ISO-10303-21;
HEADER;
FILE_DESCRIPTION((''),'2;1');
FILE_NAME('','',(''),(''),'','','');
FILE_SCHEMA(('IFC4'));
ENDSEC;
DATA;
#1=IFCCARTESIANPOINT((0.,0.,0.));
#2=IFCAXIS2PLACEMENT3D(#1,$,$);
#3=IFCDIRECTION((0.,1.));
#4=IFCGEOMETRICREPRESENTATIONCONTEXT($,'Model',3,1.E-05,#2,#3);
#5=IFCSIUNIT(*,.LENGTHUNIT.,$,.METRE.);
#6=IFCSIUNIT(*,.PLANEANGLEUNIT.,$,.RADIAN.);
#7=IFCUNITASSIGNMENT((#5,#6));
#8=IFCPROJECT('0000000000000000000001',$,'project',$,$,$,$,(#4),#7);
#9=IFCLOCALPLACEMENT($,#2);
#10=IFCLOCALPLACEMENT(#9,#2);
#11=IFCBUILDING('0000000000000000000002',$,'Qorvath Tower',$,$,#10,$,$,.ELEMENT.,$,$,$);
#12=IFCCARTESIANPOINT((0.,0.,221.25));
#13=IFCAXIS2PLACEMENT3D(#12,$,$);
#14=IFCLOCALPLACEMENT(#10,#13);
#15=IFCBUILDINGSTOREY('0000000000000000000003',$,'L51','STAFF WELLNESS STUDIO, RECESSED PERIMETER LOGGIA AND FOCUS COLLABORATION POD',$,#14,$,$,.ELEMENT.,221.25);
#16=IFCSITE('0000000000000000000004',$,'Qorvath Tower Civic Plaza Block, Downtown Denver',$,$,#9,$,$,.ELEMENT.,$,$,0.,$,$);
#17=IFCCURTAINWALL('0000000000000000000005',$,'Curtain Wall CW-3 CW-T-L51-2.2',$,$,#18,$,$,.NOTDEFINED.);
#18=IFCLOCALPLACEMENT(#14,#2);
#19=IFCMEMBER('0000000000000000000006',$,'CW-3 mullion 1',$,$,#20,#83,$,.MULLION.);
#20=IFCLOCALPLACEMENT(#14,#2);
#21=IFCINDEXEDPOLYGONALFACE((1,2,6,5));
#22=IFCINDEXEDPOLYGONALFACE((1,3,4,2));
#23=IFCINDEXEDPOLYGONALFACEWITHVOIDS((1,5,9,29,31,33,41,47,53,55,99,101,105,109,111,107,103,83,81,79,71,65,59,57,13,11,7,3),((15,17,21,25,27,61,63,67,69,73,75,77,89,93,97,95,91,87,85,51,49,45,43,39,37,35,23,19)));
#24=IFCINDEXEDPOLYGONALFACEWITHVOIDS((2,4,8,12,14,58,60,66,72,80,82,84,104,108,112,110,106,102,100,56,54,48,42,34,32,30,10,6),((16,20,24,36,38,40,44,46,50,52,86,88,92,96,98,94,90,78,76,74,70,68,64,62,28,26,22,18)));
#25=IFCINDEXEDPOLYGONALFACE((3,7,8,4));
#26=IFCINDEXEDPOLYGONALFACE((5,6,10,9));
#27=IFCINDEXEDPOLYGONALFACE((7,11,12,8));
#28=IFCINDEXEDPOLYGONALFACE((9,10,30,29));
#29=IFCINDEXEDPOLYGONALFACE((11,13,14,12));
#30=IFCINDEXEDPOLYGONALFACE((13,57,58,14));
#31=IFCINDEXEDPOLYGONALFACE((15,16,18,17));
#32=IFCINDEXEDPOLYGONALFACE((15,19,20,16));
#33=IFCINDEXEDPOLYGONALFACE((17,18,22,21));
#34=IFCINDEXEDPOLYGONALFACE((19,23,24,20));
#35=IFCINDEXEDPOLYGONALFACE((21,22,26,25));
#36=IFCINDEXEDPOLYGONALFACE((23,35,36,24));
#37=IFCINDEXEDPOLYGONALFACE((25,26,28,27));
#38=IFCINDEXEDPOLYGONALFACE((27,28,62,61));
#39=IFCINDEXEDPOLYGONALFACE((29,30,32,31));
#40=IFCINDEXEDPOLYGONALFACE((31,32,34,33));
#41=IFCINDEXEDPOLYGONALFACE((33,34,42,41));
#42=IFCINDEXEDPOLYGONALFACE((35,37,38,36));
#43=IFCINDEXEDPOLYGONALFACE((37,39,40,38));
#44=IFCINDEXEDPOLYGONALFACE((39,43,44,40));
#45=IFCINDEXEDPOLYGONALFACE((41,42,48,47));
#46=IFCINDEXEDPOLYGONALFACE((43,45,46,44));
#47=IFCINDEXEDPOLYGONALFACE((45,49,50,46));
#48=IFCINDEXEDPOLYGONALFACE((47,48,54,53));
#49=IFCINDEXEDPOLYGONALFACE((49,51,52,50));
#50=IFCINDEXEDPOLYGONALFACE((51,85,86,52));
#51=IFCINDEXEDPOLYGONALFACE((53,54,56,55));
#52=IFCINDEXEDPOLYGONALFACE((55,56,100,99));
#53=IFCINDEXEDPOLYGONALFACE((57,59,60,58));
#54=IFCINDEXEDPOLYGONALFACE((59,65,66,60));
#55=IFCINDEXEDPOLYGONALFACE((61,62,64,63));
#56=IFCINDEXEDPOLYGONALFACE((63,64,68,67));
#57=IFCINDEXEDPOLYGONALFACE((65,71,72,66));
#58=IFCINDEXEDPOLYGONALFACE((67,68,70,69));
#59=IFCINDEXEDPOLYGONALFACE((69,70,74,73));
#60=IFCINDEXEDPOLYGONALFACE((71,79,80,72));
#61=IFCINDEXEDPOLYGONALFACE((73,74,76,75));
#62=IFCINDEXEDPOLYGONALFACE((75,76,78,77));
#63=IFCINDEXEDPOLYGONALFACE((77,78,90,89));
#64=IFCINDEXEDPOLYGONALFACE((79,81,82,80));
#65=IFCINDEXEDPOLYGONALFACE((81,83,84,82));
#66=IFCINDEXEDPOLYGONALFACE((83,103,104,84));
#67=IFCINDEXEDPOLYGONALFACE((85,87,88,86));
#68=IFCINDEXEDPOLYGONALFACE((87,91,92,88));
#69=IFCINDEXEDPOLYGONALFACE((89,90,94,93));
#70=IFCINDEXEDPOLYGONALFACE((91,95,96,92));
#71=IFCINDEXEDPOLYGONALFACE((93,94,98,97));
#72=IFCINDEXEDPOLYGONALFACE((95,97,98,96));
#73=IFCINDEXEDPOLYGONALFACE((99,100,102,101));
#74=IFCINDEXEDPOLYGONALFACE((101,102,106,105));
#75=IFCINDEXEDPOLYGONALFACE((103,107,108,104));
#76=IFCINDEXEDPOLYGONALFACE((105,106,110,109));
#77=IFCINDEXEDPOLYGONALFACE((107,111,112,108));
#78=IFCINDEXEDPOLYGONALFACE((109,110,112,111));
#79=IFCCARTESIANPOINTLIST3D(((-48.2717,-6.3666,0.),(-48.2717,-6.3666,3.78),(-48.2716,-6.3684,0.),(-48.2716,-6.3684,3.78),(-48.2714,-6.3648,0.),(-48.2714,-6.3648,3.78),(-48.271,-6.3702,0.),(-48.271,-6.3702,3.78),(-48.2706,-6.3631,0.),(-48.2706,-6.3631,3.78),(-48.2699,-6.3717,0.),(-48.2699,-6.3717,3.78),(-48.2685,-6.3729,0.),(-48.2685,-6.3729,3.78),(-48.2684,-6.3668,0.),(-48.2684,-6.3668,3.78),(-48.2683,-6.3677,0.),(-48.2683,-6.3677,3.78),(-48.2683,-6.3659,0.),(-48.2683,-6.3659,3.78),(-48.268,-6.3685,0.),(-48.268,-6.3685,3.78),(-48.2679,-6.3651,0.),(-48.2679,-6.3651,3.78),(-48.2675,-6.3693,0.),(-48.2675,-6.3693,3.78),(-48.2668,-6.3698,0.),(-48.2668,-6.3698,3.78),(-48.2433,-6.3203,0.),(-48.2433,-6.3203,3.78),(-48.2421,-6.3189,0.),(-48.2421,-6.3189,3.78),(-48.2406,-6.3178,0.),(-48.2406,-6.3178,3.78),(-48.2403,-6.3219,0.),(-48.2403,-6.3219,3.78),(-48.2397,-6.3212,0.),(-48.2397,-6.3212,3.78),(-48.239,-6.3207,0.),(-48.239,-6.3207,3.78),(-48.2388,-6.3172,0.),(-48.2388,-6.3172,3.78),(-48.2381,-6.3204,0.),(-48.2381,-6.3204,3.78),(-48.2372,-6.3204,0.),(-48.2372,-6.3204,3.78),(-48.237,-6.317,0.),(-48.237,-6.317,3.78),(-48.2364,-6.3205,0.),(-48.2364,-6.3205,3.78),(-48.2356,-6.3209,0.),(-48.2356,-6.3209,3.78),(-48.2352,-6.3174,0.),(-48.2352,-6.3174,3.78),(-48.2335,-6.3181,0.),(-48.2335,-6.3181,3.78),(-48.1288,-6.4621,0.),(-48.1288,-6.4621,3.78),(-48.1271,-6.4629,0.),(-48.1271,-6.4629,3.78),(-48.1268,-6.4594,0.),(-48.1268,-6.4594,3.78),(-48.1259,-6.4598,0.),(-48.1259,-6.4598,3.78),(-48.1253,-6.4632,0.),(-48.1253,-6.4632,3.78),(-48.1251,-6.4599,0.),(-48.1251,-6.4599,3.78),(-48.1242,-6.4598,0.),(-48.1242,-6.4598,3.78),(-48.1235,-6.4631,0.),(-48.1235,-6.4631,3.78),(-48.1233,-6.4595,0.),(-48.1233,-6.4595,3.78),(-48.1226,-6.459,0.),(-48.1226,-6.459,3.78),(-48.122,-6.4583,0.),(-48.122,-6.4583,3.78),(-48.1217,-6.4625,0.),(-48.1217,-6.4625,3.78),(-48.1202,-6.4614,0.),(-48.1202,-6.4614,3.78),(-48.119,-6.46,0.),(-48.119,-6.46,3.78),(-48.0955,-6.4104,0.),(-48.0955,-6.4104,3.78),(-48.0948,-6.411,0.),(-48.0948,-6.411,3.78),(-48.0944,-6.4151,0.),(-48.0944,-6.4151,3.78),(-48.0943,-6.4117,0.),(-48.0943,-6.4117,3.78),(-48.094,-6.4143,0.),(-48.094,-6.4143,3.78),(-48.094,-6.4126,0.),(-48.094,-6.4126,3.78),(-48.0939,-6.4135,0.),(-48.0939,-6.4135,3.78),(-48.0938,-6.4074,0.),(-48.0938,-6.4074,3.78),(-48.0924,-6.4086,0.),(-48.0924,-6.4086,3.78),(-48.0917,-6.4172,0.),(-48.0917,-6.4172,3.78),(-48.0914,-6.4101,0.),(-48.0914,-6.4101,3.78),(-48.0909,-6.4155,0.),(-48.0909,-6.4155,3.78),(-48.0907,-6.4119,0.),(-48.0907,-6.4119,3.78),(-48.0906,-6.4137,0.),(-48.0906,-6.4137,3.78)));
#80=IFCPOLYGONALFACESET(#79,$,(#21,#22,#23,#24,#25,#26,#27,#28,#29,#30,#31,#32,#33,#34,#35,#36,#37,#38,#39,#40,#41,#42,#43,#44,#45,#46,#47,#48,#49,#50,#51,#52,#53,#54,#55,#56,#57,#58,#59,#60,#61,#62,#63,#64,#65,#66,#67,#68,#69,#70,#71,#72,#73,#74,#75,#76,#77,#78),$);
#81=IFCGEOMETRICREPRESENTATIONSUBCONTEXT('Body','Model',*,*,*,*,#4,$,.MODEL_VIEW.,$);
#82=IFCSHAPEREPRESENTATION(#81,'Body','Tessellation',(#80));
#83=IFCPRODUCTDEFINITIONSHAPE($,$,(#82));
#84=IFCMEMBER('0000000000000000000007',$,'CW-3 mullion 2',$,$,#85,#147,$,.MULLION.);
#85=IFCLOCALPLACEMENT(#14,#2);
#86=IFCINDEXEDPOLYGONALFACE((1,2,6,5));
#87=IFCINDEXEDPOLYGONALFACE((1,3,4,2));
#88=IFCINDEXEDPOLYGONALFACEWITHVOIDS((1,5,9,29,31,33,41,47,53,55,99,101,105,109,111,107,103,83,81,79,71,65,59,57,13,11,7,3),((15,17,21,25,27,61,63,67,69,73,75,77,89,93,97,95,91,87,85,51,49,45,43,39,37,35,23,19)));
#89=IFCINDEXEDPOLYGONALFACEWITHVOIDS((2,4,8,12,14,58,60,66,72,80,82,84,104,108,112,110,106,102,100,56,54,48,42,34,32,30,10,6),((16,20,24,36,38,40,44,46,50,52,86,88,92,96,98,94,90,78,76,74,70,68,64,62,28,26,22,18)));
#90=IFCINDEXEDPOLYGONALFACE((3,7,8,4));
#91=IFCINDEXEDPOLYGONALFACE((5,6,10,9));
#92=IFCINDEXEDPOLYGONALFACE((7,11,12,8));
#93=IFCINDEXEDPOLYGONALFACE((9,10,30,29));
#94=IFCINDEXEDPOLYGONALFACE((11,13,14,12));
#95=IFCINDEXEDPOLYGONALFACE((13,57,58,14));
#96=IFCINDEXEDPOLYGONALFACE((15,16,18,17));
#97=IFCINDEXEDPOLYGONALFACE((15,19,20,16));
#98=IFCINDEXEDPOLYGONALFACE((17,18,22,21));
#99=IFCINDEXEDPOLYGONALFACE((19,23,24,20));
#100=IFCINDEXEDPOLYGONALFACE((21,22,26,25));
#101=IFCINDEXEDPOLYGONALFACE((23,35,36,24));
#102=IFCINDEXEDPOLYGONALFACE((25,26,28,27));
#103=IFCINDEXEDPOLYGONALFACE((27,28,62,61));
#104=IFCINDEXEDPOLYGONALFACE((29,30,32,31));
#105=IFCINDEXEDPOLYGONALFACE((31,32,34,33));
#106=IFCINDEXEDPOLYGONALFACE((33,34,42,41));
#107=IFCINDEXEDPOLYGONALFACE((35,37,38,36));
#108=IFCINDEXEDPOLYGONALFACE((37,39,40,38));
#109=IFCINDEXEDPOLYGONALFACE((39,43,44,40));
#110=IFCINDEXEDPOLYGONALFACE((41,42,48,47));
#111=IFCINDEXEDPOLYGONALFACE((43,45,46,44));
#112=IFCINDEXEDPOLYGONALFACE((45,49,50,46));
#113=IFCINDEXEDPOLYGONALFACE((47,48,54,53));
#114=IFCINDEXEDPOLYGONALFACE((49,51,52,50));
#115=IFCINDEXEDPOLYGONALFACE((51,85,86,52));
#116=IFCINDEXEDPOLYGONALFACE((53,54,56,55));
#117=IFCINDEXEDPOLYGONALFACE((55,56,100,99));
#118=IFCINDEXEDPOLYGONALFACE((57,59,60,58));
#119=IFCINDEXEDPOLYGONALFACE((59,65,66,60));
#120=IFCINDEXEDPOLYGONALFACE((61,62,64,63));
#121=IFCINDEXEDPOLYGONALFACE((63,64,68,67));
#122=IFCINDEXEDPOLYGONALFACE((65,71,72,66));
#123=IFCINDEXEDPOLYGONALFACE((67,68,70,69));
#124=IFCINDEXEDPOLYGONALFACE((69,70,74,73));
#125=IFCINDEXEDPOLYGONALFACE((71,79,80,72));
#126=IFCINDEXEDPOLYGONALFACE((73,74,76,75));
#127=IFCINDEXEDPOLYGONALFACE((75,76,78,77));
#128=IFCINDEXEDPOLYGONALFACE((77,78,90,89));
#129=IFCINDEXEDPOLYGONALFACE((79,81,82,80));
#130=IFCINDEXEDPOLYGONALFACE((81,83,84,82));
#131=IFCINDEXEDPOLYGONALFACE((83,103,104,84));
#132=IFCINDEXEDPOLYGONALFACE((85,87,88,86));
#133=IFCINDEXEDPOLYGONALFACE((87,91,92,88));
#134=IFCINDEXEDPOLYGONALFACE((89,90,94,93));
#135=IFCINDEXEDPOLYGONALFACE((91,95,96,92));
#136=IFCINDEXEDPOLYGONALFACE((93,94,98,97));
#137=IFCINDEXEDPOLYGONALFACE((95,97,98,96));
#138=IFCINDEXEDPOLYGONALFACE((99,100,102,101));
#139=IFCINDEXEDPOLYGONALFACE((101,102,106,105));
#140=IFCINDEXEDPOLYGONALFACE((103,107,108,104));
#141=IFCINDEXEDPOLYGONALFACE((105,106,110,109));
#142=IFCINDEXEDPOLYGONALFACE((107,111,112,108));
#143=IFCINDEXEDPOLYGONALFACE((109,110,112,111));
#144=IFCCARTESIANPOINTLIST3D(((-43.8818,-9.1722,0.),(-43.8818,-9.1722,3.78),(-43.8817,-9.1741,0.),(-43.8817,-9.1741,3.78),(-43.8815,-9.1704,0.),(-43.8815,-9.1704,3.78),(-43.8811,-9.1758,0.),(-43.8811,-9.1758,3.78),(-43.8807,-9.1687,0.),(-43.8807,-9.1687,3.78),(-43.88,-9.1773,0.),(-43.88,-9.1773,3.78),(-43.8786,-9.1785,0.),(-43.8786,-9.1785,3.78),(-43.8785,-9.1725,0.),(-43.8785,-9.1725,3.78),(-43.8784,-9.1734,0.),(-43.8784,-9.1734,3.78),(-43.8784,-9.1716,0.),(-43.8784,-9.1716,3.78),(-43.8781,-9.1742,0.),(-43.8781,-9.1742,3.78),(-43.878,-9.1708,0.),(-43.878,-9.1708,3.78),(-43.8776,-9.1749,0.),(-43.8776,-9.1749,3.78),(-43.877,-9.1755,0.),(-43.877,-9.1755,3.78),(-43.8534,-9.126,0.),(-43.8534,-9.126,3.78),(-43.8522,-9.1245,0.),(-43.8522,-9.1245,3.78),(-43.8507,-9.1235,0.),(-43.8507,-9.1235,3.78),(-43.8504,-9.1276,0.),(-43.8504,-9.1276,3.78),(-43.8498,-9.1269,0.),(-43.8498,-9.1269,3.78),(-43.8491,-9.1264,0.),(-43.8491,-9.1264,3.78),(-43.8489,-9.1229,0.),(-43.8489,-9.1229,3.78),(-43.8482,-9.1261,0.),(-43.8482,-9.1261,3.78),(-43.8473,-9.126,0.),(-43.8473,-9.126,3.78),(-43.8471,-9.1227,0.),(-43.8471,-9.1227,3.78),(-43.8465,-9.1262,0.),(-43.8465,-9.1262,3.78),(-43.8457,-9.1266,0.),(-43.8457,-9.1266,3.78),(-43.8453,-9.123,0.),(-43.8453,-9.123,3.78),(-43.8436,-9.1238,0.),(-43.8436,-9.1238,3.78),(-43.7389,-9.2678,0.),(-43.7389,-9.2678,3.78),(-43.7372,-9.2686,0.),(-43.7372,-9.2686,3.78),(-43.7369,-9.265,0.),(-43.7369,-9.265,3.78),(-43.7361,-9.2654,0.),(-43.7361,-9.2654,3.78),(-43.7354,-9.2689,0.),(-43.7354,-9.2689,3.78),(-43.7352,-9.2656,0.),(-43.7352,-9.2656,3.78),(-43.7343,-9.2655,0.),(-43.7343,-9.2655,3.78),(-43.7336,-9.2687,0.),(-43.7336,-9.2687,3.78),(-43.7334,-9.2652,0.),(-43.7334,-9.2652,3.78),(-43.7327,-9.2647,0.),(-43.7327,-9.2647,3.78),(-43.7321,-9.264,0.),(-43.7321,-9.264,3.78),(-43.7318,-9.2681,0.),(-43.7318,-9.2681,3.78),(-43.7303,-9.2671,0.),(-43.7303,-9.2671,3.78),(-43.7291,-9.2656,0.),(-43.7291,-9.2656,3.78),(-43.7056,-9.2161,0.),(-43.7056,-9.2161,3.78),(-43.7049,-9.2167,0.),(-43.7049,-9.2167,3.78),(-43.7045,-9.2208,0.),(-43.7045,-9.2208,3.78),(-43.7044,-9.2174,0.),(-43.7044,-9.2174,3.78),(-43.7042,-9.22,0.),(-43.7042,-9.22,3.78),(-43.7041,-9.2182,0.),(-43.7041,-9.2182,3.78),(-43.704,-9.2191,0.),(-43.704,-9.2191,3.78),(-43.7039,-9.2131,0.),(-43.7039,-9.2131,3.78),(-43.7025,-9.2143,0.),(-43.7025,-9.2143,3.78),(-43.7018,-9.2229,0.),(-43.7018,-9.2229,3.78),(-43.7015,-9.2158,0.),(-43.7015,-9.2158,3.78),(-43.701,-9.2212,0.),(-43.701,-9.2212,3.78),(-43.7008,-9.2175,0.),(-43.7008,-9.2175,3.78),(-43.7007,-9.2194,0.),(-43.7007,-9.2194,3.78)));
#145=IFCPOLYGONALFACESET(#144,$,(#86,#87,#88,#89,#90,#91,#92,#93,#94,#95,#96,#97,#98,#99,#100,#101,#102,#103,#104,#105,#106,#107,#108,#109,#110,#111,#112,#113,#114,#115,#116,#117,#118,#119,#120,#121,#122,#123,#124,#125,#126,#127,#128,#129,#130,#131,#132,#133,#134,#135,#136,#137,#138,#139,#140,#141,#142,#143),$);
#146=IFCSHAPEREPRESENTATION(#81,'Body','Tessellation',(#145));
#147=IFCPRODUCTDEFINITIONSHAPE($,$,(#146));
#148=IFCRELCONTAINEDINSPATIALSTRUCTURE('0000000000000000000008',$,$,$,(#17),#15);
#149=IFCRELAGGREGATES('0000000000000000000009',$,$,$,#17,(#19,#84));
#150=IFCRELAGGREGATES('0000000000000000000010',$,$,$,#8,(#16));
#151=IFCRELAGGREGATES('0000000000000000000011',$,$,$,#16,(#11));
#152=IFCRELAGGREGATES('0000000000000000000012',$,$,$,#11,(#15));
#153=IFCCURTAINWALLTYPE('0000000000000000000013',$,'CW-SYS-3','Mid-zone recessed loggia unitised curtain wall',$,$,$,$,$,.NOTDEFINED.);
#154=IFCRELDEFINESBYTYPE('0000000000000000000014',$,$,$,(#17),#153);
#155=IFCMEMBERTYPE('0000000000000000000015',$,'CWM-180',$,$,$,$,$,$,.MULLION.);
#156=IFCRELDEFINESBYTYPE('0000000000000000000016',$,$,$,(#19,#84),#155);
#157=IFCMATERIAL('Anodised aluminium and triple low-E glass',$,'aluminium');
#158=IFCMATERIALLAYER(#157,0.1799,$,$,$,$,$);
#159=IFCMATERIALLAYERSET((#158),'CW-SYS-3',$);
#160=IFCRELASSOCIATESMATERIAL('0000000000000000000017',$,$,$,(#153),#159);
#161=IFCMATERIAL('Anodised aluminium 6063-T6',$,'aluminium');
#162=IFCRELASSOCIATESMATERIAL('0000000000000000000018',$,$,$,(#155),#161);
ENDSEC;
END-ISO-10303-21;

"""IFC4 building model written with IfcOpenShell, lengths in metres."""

from ifc_helpers import new_model, si_unit, direction, frame, origin, origin_2d, place, context, subcontext, project, spatial, hollow_rectangle, extrude, material, layer, layer_set, material_profile, profile_set, type_object, element, aggregate, save


model = new_model("IFC4")

# Units and contexts
model_context = context("Model", 3, precision=1e-05, world=origin(), true_north=direction((0.0, 1.0)))
body_context = subcontext(model_context, "Body", "Model", "MODEL_VIEW")
ifc_project = project(units=[si_unit("LENGTHUNIT", "METRE"), si_unit("PLANEANGLEUNIT", "RADIAN")], contexts=[model_context])

# Site, building, storey
site_placement = place(None, origin())
site = spatial("IfcSite", under=ifc_project, at=site_placement, Name="Qorvath Tower Civic Plaza Block, Downtown Denver", CompositionType="ELEMENT", RefElevation=0.0)
building_placement = place(site_placement, origin())
building = spatial("IfcBuilding", under=site, at=building_placement, Name="Qorvath Tower", CompositionType="ELEMENT")
storey_placement = place(building_placement, frame((0.0, 0.0, 221.25)))
storey = spatial("IfcBuildingStorey", under=building, at=storey_placement, Name="L51", Description="STAFF WELLNESS STUDIO, RECESSED PERIMETER LOGGIA AND FOCUS COLLABORATION POD", CompositionType="ELEMENT", Elevation=221.25)

# Curtain wall, members
ifc_material_1 = material(Name="Anodised aluminium and triple low-E glass", Category="aluminium")
ifc_layer_1 = layer(ifc_material_1, 0.1799)
ifc_layer_set_1 = layer_set([ifc_layer_1], Name="CW-SYS-3")
curtain_wall_type = type_object("IfcCurtainWallType", Name="CW-SYS-3", Description="Mid-zone recessed loggia unitised curtain wall", PredefinedType="NOTDEFINED", material=ifc_layer_set_1)
ifc_material_2 = material(Name="Anodised aluminium 6063-T6", Category="aluminium")
ifc_material_profile_1 = material_profile(ifc_material_2, hollow_rectangle(XDim=0.0649, YDim=0.1799, WallThickness=0.0034, InnerFilletRadius=0.0034, OuterFilletRadius=0.0071, at=origin_2d()), Name="CWM 180x65")
ifc_profile_set_1 = profile_set([ifc_material_profile_1], Name="Anodised aluminium 6063-T6")
member_type_1 = type_object("IfcMemberType", Name="CWM-180", PredefinedType="MULLION", material=ifc_profile_set_1)
curtain_wall_1_placement = place(storey_placement, origin())
curtain_wall_1 = element("IfcCurtainWall", 1, at=curtain_wall_1_placement, inside=storey, type_object=curtain_wall_type, Name="Curtain Wall CW-3 CW-T-L51-2.2", PredefinedType="NOTDEFINED")
member_1_placement = place(storey_placement, frame((-48.1812, -6.3901, 0.0), z_axis=(0.0, 0.0, 1.0), x_axis=(0.538535, 0.842603, 0.0)))
member_1 = element("IfcMember", 2, at=member_1_placement, type_object=member_type_1, Name="CW-3 mullion 1", PredefinedType="MULLION", context=body_context, shape_type="SweptSolid", body=[
    extrude(hollow_rectangle(XDim=0.0649, YDim=0.1799, WallThickness=0.0034, InnerFilletRadius=0.0034, OuterFilletRadius=0.0071, at=origin_2d()), origin(), (0.0, 0.0, 1.0), 3.78),
])
member_2_placement = place(storey_placement, frame((-43.7913, -9.1958, 0.0), z_axis=(0.0, 0.0, 1.0), x_axis=(0.538535, 0.842603, 0.0)))
member_2 = element("IfcMember", 3, at=member_2_placement, type_object=member_type_1, Name="CW-3 mullion 2", PredefinedType="MULLION", context=body_context, shape_type="SweptSolid", body=[
    extrude(hollow_rectangle(XDim=0.0649, YDim=0.1799, WallThickness=0.0034, InnerFilletRadius=0.0034, OuterFilletRadius=0.0071, at=origin_2d()), origin(), (0.0, 0.0, 1.0), 3.78),
])

aggregate(curtain_wall_1, [member_1, member_2])

save(model, "model.ifc")
